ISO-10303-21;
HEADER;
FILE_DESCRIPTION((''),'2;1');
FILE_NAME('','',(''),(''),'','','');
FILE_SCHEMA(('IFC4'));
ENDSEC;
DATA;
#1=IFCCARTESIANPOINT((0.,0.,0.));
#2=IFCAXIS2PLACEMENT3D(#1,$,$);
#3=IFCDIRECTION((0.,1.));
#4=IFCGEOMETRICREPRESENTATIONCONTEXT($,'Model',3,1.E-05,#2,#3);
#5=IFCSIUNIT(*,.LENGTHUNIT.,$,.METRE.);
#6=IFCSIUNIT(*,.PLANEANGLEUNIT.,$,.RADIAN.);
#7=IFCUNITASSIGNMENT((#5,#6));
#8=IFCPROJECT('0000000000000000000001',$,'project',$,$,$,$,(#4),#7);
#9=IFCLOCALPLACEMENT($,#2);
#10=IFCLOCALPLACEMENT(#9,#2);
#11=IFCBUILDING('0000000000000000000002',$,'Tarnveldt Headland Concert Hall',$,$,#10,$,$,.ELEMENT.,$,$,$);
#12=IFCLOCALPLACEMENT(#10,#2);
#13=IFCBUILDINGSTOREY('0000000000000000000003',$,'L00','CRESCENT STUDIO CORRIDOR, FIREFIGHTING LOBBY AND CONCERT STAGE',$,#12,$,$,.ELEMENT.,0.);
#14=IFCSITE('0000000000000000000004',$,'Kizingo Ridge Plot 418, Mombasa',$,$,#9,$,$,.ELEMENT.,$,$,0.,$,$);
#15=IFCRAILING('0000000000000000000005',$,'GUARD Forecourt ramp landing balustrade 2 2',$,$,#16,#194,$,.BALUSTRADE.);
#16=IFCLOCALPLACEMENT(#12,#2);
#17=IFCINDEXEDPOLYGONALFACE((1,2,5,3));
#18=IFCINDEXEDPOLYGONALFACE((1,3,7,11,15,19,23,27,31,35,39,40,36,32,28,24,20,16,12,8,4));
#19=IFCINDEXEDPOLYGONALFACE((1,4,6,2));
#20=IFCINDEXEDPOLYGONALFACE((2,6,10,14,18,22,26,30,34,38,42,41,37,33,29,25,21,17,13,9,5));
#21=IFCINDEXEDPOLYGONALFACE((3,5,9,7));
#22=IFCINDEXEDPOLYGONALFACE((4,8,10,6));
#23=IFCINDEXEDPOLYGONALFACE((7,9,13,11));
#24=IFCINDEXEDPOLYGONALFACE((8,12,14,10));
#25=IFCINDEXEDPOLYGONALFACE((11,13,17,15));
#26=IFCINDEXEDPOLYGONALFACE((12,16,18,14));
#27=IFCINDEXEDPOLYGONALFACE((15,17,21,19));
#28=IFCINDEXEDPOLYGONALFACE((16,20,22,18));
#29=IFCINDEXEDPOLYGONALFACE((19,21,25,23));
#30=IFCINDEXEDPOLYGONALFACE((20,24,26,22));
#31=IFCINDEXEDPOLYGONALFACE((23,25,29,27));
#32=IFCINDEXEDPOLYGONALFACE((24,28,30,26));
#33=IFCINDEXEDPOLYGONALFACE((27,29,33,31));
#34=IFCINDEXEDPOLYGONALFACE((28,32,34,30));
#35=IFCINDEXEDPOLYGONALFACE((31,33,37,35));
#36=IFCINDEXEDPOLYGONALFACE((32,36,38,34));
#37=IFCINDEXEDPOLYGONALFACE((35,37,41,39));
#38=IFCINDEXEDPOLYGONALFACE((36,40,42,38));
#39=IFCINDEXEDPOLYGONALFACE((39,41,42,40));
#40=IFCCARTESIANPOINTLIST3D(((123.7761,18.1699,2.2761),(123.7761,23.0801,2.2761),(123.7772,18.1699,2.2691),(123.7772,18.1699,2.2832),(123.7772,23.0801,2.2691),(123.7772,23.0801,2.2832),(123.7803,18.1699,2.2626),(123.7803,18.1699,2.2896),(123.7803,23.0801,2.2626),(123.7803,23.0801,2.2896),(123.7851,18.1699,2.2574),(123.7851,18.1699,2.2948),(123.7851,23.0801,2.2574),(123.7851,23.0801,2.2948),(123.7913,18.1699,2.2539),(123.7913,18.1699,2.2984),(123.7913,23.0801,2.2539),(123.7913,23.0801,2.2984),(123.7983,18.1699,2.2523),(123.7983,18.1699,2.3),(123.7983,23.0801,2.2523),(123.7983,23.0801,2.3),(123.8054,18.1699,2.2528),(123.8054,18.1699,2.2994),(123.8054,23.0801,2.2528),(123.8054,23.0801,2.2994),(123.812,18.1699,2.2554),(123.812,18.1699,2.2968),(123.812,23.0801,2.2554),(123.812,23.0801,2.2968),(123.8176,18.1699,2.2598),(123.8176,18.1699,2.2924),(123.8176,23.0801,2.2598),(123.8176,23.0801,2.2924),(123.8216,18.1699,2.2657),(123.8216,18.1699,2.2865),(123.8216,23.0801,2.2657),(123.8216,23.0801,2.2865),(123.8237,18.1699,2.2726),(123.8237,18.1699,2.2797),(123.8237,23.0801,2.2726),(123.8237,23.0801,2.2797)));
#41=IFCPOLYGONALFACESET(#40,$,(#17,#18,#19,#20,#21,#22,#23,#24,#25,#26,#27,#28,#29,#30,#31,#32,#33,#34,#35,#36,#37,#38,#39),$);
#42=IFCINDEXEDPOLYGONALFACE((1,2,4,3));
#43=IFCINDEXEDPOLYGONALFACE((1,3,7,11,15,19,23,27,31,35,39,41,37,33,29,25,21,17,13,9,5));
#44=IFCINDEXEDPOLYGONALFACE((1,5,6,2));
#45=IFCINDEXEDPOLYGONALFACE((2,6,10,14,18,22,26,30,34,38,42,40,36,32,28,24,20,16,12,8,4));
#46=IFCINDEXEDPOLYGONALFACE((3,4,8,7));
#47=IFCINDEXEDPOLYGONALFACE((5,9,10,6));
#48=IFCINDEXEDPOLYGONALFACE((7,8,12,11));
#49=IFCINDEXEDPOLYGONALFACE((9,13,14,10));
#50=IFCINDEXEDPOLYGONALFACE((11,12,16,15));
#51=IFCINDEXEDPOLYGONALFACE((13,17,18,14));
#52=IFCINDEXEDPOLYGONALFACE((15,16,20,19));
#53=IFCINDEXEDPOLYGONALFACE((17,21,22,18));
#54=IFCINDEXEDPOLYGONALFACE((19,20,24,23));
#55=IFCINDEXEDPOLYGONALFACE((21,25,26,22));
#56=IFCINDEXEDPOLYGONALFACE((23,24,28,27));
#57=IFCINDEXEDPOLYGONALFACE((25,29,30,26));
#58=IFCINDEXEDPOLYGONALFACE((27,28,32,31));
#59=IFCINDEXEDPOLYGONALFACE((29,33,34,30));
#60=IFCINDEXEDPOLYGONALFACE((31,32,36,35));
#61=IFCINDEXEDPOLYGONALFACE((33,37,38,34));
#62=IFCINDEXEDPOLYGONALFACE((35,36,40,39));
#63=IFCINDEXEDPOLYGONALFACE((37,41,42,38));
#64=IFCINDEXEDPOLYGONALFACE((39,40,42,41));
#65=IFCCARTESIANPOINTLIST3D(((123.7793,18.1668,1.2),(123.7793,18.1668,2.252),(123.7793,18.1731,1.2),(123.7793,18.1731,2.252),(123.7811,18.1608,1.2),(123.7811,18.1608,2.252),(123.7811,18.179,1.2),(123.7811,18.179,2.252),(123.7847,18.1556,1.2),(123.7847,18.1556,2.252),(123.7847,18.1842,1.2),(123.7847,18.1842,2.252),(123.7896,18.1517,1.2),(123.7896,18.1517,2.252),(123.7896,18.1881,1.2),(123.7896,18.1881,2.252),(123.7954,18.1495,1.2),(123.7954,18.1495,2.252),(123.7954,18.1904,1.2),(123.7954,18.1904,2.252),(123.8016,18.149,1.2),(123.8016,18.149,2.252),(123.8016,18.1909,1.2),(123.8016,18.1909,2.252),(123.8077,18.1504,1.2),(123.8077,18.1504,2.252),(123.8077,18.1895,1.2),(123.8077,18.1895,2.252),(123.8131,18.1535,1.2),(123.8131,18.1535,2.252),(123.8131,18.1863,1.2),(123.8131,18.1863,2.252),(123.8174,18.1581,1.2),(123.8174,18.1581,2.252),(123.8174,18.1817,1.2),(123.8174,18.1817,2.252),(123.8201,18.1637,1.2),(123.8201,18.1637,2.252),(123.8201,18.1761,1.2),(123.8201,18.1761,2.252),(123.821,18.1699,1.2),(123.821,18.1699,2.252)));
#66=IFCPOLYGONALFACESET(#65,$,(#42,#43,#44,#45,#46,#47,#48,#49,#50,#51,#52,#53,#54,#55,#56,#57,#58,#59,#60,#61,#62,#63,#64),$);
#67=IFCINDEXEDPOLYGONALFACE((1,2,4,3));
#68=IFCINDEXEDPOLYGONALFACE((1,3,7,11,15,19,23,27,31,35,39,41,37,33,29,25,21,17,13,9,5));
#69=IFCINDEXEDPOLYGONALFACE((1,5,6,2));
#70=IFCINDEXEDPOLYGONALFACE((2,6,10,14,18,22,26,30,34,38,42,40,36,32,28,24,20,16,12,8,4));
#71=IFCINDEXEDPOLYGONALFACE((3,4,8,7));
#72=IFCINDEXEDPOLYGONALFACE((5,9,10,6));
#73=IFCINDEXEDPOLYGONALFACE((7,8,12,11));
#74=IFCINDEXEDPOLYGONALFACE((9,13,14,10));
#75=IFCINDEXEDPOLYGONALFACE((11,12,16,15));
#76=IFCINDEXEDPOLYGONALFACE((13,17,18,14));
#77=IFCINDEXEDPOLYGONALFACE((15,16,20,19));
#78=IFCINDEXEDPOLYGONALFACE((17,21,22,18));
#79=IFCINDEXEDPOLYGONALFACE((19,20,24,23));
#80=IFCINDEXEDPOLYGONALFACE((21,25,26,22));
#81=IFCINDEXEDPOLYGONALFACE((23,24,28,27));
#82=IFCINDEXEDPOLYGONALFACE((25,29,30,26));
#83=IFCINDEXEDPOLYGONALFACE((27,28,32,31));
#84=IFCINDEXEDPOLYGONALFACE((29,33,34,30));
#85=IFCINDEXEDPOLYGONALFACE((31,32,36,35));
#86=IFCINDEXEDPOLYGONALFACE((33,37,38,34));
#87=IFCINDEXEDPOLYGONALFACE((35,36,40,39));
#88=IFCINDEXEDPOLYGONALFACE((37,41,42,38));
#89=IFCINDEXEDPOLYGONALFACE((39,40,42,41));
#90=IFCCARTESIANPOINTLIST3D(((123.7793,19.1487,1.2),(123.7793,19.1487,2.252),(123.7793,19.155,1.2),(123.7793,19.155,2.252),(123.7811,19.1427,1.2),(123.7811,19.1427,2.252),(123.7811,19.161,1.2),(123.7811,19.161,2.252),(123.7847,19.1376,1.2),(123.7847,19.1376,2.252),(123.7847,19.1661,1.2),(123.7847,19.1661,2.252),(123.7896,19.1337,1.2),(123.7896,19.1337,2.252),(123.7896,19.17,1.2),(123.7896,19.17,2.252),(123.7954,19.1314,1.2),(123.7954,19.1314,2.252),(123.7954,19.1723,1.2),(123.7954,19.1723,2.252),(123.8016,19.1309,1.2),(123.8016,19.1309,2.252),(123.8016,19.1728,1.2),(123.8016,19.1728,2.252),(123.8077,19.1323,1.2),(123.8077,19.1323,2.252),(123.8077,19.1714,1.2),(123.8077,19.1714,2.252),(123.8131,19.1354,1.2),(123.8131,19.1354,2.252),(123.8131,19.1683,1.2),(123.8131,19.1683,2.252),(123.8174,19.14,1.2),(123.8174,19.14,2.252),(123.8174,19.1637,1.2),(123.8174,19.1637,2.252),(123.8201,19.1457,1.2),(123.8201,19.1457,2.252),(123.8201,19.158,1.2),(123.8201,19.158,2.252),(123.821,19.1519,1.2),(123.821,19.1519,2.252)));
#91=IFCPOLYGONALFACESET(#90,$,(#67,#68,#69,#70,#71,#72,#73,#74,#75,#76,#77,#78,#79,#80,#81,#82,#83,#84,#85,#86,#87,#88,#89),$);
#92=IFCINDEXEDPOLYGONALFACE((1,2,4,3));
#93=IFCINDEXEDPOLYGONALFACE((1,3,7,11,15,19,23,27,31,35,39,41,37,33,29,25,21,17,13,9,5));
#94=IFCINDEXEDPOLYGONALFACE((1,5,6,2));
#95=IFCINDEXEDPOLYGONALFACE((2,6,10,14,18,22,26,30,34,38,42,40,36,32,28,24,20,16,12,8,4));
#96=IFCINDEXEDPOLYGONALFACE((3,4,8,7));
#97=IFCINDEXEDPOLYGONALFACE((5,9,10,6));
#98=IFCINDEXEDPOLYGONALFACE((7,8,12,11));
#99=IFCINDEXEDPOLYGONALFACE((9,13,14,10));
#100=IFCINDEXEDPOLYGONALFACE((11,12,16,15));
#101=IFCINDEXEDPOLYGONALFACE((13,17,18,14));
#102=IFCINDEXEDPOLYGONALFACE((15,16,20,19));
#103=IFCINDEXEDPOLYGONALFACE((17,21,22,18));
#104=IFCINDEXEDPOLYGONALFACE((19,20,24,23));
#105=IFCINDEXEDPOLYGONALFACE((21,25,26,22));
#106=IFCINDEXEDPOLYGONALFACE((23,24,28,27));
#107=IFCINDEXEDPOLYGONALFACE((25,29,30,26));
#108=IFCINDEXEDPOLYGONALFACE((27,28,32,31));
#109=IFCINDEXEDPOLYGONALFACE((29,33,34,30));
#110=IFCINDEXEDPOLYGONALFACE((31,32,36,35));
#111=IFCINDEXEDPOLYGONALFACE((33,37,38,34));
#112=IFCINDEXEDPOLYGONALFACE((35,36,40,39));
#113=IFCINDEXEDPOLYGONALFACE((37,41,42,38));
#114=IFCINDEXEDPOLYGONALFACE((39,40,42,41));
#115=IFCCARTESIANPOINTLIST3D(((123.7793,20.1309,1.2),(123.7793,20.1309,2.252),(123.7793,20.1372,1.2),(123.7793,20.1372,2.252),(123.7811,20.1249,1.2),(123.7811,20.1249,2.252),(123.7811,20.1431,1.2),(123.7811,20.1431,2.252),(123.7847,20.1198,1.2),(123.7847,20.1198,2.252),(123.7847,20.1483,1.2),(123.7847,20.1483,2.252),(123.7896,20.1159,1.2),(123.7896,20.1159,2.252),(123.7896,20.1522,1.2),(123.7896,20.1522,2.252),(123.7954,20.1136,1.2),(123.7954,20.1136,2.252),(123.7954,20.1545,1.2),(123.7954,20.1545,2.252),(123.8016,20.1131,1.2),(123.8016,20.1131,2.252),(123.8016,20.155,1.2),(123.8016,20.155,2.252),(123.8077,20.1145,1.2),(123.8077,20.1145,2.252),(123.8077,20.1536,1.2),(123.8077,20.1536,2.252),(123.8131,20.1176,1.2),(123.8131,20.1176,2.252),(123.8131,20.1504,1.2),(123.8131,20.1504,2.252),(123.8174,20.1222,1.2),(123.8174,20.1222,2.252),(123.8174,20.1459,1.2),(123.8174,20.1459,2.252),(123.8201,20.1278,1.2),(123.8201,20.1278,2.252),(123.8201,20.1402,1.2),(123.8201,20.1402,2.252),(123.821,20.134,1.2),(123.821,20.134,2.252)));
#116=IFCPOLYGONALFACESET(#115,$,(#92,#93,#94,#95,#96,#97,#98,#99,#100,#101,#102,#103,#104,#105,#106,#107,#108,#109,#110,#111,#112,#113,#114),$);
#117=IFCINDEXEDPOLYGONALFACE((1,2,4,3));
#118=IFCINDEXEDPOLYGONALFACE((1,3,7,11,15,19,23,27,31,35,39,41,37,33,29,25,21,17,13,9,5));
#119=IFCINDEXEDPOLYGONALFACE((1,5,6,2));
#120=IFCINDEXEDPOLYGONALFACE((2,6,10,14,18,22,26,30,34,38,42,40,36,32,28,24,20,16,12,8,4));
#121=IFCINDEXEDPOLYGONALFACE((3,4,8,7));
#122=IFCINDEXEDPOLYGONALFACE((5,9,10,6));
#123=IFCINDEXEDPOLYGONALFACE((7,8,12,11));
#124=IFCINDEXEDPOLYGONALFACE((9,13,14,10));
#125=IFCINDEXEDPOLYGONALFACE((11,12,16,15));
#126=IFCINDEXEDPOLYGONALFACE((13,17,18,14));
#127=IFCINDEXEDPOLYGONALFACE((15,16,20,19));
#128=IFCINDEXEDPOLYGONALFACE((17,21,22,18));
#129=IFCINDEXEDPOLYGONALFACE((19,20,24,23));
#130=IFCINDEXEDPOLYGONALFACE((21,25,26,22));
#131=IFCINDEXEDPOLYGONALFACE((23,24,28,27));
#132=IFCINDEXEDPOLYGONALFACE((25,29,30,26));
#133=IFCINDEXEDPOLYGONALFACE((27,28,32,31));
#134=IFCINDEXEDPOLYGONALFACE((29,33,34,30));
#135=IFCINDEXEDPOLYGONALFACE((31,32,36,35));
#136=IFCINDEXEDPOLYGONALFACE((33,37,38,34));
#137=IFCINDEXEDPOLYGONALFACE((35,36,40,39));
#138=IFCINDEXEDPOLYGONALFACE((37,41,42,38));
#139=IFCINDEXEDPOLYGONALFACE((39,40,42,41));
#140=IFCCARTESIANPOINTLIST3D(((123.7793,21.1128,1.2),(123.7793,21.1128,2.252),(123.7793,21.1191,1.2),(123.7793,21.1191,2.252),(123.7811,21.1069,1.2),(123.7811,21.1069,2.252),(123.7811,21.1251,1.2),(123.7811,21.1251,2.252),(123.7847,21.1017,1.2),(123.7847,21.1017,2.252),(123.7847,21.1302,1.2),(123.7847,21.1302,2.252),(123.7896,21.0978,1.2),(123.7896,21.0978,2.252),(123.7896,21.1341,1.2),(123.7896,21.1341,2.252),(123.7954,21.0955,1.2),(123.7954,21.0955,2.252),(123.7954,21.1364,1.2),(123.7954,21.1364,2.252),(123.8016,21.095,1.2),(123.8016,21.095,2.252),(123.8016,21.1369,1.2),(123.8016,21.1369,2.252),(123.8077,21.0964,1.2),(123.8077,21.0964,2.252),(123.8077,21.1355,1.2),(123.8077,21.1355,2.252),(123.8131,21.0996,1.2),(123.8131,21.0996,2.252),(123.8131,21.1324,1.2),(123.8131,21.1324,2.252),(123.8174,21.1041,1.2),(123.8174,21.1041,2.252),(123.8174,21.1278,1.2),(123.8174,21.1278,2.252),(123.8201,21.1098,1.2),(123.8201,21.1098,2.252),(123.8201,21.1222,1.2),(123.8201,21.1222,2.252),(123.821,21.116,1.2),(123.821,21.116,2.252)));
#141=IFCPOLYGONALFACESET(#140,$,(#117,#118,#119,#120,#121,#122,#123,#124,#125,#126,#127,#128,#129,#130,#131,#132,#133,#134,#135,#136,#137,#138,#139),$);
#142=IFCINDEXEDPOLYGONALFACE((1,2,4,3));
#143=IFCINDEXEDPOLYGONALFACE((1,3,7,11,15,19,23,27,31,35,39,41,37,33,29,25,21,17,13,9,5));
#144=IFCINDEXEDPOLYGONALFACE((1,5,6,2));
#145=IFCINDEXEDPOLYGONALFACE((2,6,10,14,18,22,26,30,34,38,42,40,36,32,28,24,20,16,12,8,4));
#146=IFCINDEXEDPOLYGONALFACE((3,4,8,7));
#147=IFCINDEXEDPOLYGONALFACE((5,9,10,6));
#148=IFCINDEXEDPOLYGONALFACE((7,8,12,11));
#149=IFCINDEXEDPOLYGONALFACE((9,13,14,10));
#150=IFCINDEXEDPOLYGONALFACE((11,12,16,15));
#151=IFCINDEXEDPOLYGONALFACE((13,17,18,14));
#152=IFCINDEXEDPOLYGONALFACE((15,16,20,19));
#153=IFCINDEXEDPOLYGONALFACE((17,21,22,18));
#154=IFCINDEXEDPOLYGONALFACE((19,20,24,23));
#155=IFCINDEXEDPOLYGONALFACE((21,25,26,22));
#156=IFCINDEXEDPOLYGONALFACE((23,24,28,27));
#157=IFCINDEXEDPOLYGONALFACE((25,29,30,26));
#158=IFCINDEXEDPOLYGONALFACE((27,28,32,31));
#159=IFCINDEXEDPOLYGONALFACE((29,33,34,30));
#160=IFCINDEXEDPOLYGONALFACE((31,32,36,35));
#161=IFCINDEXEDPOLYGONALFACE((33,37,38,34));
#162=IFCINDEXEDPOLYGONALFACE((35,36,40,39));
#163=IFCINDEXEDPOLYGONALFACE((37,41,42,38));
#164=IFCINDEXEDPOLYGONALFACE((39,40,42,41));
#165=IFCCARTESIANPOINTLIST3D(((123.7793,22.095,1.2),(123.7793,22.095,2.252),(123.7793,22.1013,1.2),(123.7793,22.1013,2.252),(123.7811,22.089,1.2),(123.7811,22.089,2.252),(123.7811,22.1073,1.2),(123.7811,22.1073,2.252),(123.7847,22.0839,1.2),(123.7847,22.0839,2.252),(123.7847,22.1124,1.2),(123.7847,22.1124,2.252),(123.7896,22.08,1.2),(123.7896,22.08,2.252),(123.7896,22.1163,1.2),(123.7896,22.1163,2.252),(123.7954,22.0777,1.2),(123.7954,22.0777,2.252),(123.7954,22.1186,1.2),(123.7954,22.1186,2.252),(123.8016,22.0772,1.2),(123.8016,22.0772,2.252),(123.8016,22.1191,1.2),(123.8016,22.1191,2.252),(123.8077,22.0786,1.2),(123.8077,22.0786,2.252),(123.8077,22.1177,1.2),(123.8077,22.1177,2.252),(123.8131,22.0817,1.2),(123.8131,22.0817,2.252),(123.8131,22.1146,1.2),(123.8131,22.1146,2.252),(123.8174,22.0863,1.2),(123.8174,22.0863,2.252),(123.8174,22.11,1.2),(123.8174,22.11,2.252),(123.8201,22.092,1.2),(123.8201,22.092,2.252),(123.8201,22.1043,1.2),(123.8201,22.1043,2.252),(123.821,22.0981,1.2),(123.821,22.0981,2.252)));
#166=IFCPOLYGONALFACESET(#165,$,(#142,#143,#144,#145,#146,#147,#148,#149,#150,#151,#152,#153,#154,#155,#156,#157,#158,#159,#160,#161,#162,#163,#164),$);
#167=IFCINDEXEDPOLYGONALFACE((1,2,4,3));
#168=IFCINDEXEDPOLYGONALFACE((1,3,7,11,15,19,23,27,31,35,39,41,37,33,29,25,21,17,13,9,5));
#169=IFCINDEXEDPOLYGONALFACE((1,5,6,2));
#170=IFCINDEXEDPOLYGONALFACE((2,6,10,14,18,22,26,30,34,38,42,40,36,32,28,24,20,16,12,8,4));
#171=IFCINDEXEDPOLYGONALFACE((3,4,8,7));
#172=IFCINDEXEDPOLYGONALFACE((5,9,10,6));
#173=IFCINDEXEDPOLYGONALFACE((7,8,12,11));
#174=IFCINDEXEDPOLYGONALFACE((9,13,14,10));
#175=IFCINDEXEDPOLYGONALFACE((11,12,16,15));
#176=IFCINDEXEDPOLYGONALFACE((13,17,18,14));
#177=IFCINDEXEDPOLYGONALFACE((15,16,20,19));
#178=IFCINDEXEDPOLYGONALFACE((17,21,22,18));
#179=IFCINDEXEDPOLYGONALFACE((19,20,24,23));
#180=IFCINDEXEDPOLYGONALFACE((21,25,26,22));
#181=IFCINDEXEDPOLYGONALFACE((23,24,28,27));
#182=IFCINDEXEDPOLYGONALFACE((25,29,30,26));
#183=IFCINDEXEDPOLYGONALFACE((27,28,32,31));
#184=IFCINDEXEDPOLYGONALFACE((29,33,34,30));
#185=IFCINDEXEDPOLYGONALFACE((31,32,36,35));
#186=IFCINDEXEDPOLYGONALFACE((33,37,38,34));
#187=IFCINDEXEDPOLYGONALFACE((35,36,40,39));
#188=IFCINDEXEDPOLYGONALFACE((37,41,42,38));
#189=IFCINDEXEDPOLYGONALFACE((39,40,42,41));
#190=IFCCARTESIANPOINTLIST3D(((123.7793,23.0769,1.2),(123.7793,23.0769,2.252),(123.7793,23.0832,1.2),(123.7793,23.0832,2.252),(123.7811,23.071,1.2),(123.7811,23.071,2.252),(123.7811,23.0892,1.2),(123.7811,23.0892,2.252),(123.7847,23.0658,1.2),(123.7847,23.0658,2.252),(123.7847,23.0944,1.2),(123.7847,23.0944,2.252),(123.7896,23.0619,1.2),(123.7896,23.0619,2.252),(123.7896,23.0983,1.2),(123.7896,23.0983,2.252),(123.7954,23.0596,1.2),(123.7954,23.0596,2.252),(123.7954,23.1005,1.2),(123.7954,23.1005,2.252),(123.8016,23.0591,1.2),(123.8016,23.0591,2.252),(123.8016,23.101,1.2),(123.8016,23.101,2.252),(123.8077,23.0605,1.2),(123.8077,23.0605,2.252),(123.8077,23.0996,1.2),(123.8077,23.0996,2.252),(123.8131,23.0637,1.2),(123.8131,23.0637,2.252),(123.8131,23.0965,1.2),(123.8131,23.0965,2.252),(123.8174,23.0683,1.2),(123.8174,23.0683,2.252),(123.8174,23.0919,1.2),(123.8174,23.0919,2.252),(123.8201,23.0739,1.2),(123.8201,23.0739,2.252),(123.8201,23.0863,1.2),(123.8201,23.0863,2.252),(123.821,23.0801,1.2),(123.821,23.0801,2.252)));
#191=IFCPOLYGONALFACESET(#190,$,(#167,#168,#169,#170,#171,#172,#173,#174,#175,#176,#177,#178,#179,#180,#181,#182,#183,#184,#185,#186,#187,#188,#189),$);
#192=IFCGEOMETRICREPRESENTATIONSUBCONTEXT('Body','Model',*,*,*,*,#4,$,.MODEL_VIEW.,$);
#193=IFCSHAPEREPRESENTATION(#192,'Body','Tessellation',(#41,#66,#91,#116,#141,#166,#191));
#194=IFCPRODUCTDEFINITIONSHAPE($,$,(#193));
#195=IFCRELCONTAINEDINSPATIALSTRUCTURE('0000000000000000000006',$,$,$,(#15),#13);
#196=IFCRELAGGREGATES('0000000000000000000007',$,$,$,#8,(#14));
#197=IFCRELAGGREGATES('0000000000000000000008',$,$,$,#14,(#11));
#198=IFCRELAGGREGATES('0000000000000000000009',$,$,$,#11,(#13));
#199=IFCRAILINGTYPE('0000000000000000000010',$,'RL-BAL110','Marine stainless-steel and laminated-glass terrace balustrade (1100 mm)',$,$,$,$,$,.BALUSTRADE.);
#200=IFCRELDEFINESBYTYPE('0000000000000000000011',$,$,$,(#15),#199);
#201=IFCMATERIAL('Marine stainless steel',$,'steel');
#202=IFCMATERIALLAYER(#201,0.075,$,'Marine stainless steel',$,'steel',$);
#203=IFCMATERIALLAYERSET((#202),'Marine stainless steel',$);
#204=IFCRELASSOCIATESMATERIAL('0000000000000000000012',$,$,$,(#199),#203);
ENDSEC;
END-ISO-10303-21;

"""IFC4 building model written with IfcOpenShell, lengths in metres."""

from ifc_helpers import new_model, si_unit, direction, frame, origin, origin_2d, place, context, subcontext, project, spatial, circle, extrude, material, layer, layer_set, type_object, element, save


model = new_model("IFC4")

# Units and contexts
model_context = context("Model", 3, precision=1e-05, world=origin(), true_north=direction((0.0, 1.0)))
body_context = subcontext(model_context, "Body", "Model", "MODEL_VIEW")
ifc_project = project(units=[si_unit("LENGTHUNIT", "METRE"), si_unit("PLANEANGLEUNIT", "RADIAN")], contexts=[model_context])

# Site, building, storey
site_placement = place(None, origin())
site = spatial("IfcSite", under=ifc_project, at=site_placement, Name="Kizingo Ridge Plot 418, Mombasa", CompositionType="ELEMENT", RefElevation=0.0)
building_placement = place(site_placement, origin())
building = spatial("IfcBuilding", under=site, at=building_placement, Name="Tarnveldt Headland Concert Hall", CompositionType="ELEMENT")
storey_placement = place(building_placement, origin())
storey = spatial("IfcBuildingStorey", under=building, at=storey_placement, Name="L00", Description="CRESCENT STUDIO CORRIDOR, FIREFIGHTING LOBBY AND CONCERT STAGE", CompositionType="ELEMENT", Elevation=0.0)

# Railing
ifc_material_1 = material(Name="Marine stainless steel", Category="steel")
ifc_layer_1 = layer(ifc_material_1, 0.075, Name="Marine stainless steel", Category="steel")
ifc_layer_set_1 = layer_set([ifc_layer_1], Name="Marine stainless steel")
railing_type = type_object("IfcRailingType", Name="RL-BAL110", Description="Marine stainless-steel and laminated-glass terrace balustrade (1100 mm)", PredefinedType="BALUSTRADE", material=ifc_layer_set_1)
railing_1_placement = place(storey_placement, frame((123.8, 18.1699, 1.2)))
element("IfcRailing", 1, at=railing_1_placement, inside=storey, type_object=railing_type, Name="GUARD Forecourt ramp landing balustrade 2 2", PredefinedType="BALUSTRADE", context=body_context, shape_type="SweptSolid", body=[
    extrude(circle(Radius=0.0239, at=origin_2d()), frame((0.0, 0.0, 1.0762), z_axis=(0.0, 1.0, 0.0), x_axis=(-1.0, 0.0, 0.0)), (0.0, 0.0, 1.0), 4.9102),
    extrude(circle(Radius=0.021, at=origin_2d()), origin(), (0.0, 0.0, 1.0), 1.052),
    extrude(circle(Radius=0.021, at=origin_2d()), frame((0.0, 0.9819, 0.0)), (0.0, 0.0, 1.0), 1.052),
    extrude(circle(Radius=0.021, at=origin_2d()), frame((0.0, 1.9641, 0.0)), (0.0, 0.0, 1.0), 1.052),
    extrude(circle(Radius=0.021, at=origin_2d()), frame((0.0, 2.946, 0.0)), (0.0, 0.0, 1.0), 1.052),
    extrude(circle(Radius=0.021, at=origin_2d()), frame((0.0, 3.9282, 0.0)), (0.0, 0.0, 1.0), 1.052),
    extrude(circle(Radius=0.021, at=origin_2d()), frame((0.0, 4.9102, 0.0)), (0.0, 0.0, 1.0), 1.052),
])

save(model, "model.ifc")
